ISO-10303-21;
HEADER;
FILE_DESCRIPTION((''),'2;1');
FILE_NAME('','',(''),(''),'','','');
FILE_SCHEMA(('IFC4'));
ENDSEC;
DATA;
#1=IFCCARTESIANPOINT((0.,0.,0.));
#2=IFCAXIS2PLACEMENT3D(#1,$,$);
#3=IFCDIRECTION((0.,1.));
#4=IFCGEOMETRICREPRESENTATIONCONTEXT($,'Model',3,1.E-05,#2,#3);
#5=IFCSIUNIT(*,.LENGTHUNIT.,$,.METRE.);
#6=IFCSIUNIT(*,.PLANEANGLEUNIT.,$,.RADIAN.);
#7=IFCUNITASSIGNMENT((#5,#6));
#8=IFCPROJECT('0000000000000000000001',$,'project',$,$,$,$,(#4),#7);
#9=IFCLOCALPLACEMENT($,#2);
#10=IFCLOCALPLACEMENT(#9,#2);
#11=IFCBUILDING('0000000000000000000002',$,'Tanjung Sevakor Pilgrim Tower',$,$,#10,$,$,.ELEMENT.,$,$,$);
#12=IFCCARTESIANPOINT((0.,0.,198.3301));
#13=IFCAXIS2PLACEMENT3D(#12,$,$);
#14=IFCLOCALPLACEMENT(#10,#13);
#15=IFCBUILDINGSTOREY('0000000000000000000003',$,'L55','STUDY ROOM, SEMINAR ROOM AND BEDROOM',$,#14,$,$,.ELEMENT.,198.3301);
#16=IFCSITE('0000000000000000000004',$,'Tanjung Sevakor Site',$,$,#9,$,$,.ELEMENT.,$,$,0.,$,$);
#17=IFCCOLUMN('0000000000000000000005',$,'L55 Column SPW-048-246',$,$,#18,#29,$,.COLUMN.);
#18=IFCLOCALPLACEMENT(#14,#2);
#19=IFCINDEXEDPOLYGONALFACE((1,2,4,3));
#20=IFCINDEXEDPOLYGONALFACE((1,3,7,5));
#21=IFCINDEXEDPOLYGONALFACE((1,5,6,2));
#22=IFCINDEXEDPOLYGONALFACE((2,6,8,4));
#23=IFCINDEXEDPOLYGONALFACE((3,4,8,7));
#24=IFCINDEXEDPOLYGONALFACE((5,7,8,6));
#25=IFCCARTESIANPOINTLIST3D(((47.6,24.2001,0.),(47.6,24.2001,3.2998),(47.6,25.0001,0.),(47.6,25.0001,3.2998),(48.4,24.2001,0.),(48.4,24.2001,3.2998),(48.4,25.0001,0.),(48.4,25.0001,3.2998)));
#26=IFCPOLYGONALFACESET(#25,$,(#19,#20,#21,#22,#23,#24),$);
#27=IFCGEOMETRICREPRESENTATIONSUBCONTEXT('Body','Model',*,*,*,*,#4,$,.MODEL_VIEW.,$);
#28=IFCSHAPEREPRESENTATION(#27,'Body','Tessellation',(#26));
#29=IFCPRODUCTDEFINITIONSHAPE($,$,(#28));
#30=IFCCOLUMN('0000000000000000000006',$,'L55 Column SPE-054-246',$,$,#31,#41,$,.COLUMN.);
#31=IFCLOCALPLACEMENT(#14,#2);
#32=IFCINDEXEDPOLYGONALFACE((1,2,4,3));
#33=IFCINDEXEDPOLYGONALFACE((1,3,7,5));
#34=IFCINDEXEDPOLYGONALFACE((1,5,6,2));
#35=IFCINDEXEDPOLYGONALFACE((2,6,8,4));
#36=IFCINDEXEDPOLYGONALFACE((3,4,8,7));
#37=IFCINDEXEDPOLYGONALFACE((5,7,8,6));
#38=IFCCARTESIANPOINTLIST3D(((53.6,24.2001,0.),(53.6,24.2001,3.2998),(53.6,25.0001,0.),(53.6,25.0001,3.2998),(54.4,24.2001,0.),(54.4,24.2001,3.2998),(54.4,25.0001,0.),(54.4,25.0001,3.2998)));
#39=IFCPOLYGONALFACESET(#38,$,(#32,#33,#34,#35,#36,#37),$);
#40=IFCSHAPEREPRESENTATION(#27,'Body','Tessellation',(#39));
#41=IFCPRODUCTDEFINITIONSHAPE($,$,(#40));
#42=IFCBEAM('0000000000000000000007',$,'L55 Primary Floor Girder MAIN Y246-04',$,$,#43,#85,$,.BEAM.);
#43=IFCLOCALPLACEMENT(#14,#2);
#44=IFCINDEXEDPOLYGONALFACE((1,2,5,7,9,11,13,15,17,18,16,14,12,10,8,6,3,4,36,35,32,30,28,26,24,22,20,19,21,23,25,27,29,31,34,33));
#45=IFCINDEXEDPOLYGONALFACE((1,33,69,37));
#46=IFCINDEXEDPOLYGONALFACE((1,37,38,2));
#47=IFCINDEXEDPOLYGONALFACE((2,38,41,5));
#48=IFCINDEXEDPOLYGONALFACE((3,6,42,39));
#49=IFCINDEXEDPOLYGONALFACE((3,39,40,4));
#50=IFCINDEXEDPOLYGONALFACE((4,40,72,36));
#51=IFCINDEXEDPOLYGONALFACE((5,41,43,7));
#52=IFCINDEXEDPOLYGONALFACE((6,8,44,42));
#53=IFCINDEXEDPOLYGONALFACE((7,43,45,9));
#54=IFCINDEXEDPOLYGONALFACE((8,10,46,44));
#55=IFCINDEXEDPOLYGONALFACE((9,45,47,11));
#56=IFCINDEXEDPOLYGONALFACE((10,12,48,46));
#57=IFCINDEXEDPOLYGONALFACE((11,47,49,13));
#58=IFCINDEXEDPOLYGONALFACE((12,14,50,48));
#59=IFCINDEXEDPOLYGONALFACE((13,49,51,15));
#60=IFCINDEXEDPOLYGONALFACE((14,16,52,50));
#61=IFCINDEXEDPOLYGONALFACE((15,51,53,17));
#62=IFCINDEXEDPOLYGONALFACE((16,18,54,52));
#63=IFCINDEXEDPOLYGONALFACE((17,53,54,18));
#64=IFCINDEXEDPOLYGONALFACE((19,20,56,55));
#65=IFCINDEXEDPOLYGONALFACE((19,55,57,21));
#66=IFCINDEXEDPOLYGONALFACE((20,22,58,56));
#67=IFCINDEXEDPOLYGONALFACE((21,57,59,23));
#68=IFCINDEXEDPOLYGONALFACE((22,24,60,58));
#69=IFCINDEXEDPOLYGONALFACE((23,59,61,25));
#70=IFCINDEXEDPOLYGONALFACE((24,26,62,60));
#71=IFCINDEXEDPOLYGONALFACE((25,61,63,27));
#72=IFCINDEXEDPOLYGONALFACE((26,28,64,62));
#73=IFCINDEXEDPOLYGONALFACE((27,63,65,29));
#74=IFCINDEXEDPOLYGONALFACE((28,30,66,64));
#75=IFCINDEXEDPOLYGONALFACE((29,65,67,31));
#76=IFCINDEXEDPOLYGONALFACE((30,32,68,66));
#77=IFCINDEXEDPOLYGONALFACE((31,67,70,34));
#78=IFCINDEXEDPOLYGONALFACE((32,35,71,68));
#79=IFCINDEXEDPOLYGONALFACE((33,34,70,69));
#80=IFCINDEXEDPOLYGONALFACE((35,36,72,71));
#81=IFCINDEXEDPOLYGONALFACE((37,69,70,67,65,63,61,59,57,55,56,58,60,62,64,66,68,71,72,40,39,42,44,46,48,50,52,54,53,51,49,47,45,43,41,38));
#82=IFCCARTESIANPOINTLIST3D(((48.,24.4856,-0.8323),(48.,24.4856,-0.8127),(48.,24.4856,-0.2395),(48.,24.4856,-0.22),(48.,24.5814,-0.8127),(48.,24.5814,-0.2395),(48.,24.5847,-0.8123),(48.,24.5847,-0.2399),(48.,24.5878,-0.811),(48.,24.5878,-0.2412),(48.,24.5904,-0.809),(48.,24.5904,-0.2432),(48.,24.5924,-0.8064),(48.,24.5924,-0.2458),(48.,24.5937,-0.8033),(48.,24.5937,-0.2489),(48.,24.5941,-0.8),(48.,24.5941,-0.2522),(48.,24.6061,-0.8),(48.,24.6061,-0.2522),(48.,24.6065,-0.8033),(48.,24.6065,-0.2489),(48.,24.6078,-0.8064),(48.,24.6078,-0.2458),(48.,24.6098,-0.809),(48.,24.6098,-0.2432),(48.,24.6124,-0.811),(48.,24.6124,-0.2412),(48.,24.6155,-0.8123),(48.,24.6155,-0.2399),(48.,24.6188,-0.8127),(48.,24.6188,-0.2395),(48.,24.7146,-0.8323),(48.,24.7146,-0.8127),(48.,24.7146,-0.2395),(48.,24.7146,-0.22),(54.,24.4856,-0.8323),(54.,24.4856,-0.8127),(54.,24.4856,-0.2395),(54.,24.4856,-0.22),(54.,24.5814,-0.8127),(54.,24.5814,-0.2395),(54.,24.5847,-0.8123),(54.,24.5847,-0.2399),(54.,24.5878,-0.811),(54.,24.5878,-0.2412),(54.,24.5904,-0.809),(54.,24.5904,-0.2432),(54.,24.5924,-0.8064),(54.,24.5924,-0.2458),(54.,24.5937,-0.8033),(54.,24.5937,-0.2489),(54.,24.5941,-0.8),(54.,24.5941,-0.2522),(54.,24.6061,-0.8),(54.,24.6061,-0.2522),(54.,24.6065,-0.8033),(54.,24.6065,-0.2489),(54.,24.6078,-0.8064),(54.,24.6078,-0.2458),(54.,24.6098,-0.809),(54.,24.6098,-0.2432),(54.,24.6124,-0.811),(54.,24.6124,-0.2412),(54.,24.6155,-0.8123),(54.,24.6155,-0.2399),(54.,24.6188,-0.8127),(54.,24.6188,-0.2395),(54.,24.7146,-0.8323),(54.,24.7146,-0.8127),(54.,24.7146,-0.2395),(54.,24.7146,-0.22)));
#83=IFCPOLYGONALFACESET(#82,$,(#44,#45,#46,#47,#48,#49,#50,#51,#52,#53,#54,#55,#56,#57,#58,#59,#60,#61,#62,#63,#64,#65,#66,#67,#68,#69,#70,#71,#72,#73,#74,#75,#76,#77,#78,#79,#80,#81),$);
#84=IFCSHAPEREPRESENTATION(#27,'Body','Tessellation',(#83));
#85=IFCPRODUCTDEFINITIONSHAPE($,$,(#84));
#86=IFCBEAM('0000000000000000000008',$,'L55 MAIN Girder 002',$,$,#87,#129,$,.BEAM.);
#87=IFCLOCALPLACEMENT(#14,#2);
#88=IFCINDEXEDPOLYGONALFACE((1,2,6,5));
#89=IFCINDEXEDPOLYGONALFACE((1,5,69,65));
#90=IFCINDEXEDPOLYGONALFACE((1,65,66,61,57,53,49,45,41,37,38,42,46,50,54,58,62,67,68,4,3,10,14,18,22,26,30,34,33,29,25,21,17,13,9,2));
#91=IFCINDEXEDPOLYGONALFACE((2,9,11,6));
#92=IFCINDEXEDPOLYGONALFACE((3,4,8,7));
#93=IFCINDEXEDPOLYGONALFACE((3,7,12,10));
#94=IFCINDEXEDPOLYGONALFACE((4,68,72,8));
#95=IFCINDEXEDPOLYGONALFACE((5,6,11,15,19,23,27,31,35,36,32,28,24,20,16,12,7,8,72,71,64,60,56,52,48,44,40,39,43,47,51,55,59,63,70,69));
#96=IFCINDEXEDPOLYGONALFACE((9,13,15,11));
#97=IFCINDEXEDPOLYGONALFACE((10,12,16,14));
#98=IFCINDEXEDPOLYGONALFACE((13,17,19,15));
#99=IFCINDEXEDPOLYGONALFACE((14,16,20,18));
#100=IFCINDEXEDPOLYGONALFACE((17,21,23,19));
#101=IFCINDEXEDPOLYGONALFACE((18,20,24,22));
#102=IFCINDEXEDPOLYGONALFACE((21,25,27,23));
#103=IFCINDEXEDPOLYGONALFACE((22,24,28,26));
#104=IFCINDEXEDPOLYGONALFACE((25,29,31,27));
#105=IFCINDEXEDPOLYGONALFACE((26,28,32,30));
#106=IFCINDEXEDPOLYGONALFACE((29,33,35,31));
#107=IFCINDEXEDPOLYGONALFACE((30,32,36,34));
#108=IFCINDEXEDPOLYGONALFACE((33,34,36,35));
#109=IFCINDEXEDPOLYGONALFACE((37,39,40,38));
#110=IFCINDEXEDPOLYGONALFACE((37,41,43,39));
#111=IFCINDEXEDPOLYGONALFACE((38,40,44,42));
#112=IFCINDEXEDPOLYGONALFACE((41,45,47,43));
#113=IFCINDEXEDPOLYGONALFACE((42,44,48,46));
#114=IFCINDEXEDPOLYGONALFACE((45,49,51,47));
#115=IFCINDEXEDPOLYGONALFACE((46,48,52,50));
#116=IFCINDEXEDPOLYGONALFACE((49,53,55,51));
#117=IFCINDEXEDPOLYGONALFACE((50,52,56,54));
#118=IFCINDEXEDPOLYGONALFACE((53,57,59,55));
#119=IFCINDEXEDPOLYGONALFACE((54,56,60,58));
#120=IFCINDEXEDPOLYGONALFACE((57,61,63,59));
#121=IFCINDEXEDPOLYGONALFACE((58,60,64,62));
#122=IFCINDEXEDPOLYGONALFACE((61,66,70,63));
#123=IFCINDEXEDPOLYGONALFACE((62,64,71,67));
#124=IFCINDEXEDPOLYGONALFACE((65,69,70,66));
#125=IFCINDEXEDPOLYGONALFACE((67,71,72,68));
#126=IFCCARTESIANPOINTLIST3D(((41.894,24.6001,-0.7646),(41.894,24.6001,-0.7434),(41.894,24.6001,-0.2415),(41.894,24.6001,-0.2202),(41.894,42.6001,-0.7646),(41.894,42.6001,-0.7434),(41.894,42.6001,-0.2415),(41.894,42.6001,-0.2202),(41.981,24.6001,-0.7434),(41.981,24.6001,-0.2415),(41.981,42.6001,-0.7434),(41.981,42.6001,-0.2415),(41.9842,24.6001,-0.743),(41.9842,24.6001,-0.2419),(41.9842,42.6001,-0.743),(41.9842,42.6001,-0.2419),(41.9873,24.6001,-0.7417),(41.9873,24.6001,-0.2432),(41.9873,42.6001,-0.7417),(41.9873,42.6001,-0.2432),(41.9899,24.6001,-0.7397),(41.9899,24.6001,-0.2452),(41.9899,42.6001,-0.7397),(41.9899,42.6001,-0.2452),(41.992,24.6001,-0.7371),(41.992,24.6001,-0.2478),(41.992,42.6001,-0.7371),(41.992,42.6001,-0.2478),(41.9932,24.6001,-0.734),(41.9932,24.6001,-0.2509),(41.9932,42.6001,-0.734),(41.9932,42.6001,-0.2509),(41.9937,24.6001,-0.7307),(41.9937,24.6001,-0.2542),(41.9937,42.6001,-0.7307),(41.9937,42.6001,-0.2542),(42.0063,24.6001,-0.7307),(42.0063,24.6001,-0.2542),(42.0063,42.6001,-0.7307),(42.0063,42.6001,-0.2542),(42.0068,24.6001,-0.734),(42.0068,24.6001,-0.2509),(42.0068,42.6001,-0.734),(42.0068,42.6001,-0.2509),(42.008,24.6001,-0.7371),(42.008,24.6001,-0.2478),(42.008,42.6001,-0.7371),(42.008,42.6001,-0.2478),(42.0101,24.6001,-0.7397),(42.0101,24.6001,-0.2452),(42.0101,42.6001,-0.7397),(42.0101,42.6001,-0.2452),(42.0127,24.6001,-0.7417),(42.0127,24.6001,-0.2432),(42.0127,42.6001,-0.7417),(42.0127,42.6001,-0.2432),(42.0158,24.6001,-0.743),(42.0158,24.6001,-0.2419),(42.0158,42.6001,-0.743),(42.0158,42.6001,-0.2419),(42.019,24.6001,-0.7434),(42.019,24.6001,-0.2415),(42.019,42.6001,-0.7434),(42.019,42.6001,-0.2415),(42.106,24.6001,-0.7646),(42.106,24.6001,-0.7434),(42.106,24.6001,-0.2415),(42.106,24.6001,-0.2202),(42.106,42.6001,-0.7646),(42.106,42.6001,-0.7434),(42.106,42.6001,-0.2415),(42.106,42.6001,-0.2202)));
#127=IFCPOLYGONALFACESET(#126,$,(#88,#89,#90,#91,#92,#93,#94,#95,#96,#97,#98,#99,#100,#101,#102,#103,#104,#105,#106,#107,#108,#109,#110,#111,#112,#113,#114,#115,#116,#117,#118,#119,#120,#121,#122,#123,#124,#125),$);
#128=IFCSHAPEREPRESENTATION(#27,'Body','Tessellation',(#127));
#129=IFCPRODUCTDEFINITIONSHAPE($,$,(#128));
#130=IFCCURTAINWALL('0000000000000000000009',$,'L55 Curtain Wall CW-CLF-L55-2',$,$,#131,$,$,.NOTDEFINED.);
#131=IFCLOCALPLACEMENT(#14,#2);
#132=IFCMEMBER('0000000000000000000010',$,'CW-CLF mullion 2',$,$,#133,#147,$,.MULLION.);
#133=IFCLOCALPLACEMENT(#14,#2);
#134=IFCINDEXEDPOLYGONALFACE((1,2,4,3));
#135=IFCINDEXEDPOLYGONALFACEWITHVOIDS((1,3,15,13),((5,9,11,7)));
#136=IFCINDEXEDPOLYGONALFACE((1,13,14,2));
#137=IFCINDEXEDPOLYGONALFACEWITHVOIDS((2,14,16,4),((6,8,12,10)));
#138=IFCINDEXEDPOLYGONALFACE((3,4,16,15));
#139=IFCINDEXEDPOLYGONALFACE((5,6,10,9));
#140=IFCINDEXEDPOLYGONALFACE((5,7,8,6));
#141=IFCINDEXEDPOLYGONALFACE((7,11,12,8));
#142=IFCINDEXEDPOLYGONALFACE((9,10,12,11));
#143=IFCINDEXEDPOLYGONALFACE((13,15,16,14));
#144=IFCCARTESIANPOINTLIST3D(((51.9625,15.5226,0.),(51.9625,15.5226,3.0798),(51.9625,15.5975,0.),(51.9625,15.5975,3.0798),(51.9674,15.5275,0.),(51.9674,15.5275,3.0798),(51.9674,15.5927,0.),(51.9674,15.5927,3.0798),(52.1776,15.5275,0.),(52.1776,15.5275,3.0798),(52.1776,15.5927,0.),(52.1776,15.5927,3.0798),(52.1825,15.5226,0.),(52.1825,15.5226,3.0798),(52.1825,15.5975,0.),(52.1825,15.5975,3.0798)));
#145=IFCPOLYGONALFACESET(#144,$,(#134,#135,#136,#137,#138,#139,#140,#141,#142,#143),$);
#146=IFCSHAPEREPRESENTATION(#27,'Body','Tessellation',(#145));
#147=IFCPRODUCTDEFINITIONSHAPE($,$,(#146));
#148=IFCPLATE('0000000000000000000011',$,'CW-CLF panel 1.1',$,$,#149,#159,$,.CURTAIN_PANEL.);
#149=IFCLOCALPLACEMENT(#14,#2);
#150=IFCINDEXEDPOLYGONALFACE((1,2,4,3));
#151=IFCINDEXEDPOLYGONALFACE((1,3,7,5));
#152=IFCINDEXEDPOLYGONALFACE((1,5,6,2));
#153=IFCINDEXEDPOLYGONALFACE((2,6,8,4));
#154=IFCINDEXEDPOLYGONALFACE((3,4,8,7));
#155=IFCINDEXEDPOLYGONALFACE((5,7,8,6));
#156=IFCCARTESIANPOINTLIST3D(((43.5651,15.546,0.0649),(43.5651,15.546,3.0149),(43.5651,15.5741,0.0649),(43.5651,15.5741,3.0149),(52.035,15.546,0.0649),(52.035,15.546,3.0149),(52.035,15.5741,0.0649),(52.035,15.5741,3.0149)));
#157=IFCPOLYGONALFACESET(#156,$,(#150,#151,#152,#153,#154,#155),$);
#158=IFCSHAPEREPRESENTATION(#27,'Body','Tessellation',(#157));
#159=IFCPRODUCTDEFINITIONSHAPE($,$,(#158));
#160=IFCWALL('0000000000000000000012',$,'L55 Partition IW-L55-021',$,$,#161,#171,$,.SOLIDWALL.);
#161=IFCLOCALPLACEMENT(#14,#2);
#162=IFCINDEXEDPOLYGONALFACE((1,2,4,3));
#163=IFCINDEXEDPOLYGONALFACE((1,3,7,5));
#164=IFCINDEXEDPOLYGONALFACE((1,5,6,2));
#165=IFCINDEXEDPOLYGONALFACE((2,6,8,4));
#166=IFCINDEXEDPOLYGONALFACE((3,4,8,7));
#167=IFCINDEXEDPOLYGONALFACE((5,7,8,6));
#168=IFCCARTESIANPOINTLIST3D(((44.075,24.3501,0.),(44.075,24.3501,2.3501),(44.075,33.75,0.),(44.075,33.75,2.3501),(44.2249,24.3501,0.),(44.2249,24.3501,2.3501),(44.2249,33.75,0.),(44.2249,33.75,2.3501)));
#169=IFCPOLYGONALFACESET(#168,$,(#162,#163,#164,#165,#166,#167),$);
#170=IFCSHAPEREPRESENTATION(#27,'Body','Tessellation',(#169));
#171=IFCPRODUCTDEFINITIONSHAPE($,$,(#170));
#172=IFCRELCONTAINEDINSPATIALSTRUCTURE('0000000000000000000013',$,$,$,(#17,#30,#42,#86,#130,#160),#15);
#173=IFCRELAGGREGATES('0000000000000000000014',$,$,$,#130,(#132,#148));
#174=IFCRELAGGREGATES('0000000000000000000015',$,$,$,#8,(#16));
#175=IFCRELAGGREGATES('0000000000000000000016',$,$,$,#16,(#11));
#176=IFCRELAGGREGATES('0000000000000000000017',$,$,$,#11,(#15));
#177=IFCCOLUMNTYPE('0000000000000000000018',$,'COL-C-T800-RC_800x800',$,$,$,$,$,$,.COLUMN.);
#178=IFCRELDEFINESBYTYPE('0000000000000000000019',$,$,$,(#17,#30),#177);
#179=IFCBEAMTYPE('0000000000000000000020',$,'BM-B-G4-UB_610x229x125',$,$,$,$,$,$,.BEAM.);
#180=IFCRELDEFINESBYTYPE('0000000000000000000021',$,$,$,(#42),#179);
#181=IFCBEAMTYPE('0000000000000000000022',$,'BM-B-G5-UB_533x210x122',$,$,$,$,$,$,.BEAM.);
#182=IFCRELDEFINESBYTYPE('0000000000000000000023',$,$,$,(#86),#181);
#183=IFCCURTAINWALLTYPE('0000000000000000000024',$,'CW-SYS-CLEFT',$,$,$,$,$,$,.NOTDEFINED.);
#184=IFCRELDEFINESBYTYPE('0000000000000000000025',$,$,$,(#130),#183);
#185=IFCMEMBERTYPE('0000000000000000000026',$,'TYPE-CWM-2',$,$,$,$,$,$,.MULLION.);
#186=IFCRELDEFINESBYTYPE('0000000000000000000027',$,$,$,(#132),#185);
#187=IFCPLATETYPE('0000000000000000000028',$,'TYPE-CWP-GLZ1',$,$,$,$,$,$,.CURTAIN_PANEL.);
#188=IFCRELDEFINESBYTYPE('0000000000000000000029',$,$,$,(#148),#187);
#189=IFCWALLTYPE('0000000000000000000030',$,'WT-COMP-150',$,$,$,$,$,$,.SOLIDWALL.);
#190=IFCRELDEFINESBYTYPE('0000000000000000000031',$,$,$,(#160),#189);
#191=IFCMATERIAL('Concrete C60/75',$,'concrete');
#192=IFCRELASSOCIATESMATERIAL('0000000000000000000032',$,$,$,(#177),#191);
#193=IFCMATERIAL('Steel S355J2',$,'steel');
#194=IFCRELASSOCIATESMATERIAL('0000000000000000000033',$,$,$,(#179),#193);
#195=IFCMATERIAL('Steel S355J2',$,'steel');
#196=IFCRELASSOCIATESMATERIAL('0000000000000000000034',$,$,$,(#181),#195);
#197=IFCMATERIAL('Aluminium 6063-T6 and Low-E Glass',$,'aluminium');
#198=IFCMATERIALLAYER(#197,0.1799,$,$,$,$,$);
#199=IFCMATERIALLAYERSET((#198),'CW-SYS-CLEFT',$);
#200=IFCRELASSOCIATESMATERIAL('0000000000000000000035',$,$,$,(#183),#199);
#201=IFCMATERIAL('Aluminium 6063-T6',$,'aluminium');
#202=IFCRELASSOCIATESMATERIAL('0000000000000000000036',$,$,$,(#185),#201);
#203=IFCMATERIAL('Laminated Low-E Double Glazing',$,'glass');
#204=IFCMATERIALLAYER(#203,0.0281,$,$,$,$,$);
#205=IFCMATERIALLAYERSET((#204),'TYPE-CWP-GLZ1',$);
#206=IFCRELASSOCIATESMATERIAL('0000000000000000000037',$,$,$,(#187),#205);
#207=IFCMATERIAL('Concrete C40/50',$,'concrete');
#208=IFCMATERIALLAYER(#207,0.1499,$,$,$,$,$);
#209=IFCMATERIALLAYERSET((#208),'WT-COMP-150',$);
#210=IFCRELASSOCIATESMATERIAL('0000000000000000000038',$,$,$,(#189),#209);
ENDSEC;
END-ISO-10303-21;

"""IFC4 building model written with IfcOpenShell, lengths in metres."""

from ifc_helpers import new_model, si_unit, direction, frame, frame_2d, origin, origin_2d, place, context, subcontext, project, spatial, rectangle, hollow_rectangle, i_section, extrude, material, layer, layer_set, material_profile, profile_set, type_object, element, aggregate, save


model = new_model("IFC4")

# Units and contexts
model_context = context("Model", 3, precision=1e-05, world=origin(), true_north=direction((0.0, 1.0)))
body_context = subcontext(model_context, "Body", "Model", "MODEL_VIEW")
ifc_project = project(units=[si_unit("LENGTHUNIT", "METRE"), si_unit("PLANEANGLEUNIT", "RADIAN")], contexts=[model_context])

# Site, building, storey
site_placement = place(None, origin())
site = spatial("IfcSite", under=ifc_project, at=site_placement, Name="Tanjung Sevakor Site", CompositionType="ELEMENT", RefElevation=0.0)
building_placement = place(site_placement, origin())
building = spatial("IfcBuilding", under=site, at=building_placement, Name="Tanjung Sevakor Pilgrim Tower", CompositionType="ELEMENT")
storey_placement = place(building_placement, frame((0.0, 0.0, 198.3301)))
storey = spatial("IfcBuildingStorey", under=building, at=storey_placement, Name="L55", Description="STUDY ROOM, SEMINAR ROOM AND BEDROOM", CompositionType="ELEMENT", Elevation=198.3301)

# Columns
ifc_material_1 = material(Name="Concrete C60/75", Category="concrete")
ifc_material_profile_1 = material_profile(ifc_material_1, rectangle(XDim=0.8, YDim=0.8, at=origin_2d()))
ifc_profile_set_1 = profile_set([ifc_material_profile_1], Name="Concrete C60/75")
column_type = type_object("IfcColumnType", Name="COL-C-T800-RC_800x800", PredefinedType="COLUMN", material=ifc_profile_set_1)
for number, where, z_axis, x_axis, name in (
    (1, (48.0, 24.6001, 0.0), (0.0, 0.0, 1.0), (1.0, 0.0, 0.0), "L55 Column SPW-048-246"),
    (2, (54.0, 24.6001, 0.0), (0.0, 0.0, 1.0), (1.0, 0.0, 0.0), "L55 Column SPE-054-246"),
):
    element("IfcColumn", number, at=place(storey_placement, frame(where, z_axis=z_axis, x_axis=x_axis)), inside=storey, type_object=column_type, Name=name, PredefinedType="COLUMN", context=body_context, shape_type="SweptSolid", body=[
        extrude(rectangle(XDim=0.8, YDim=0.8, at=origin_2d()), origin(), (0.0, 0.0, 1.0), 3.2998),
    ])

# Beams
ifc_material_2 = material(Name="Steel S355J2", Category="steel")
ifc_material_profile_2 = material_profile(ifc_material_2, i_section(OverallWidth=0.229, OverallDepth=0.6123, WebThickness=0.012, FlangeThickness=0.0195, FilletRadius=0.0127, at=origin_2d()))
ifc_profile_set_2 = profile_set([ifc_material_profile_2], Name="Steel S355J2")
beam_type_1 = type_object("IfcBeamType", Name="BM-B-G4-UB_610x229x125", PredefinedType="BEAM", material=ifc_profile_set_2)
beam_1_placement = place(storey_placement, frame((48.0, 24.6001, -0.5261), z_axis=(1.0, 0.0, 0.0), x_axis=(0.0, 1.0, 0.0)))
element("IfcBeam", 3, at=beam_1_placement, inside=storey, type_object=beam_type_1, Name="L55 Primary Floor Girder MAIN Y246-04", PredefinedType="BEAM", context=body_context, shape_type="SweptSolid", body=[
    extrude(i_section(OverallWidth=0.229, OverallDepth=0.6123, WebThickness=0.012, FlangeThickness=0.0195, FilletRadius=0.0127, at=origin_2d()), origin(), (0.0, 0.0, 1.0), 6.0),
])
ifc_material_3 = material(Name="Steel S355J2", Category="steel")
ifc_material_profile_3 = material_profile(ifc_material_3, i_section(OverallWidth=0.2119, OverallDepth=0.5444, WebThickness=0.0127, FlangeThickness=0.0212, FilletRadius=0.0127, at=origin_2d()))
ifc_profile_set_3 = profile_set([ifc_material_profile_3], Name="Steel S355J2")
beam_type_2 = type_object("IfcBeamType", Name="BM-B-G5-UB_533x210x122", PredefinedType="BEAM", material=ifc_profile_set_3)
beam_2_placement = place(storey_placement, frame((42.0, 24.6001, -0.4924), z_axis=(0.0, 1.0, 0.0), x_axis=(-1.0, 0.0, 0.0)))
element("IfcBeam", 4, at=beam_2_placement, inside=storey, type_object=beam_type_2, Name="L55 MAIN Girder 002", PredefinedType="BEAM", context=body_context, shape_type="SweptSolid", body=[
    extrude(i_section(OverallWidth=0.2119, OverallDepth=0.5444, WebThickness=0.0127, FlangeThickness=0.0212, FilletRadius=0.0127, at=origin_2d()), origin(), (0.0, 0.0, 1.0), 18.0),
])

# Curtain wall, member, plate
ifc_material_4 = material(Name="Aluminium 6063-T6 and Low-E Glass", Category="aluminium")
ifc_layer_1 = layer(ifc_material_4, 0.1799)
ifc_layer_set_1 = layer_set([ifc_layer_1], Name="CW-SYS-CLEFT")
curtain_wall_type = type_object("IfcCurtainWallType", Name="CW-SYS-CLEFT", PredefinedType="NOTDEFINED", material=ifc_layer_set_1)
curtain_wall_placement = place(storey_placement, origin())
curtain_wall = element("IfcCurtainWall", 5, at=curtain_wall_placement, inside=storey, type_object=curtain_wall_type, Name="L55 Curtain Wall CW-CLF-L55-2", PredefinedType="NOTDEFINED")
ifc_material_5 = material(Name="Aluminium 6063-T6", Category="aluminium")
ifc_material_profile_4 = material_profile(ifc_material_5, hollow_rectangle(XDim=0.075, YDim=0.22, WallThickness=0.0049, at=origin_2d()))
ifc_profile_set_4 = profile_set([ifc_material_profile_4], Name="Aluminium 6063-T6")
member_type = type_object("IfcMemberType", Name="TYPE-CWM-2", PredefinedType="MULLION", material=ifc_profile_set_4)
member_placement = place(storey_placement, frame((52.0725, 15.5601, 0.0), z_axis=(0.0, 0.0, 1.0), x_axis=(0.0, 1.0, 0.0)))
member = element("IfcMember", 6, at=member_placement, type_object=member_type, Name="CW-CLF mullion 2", PredefinedType="MULLION", context=body_context, shape_type="SweptSolid", body=[
    extrude(hollow_rectangle(XDim=0.075, YDim=0.22, WallThickness=0.0049, at=origin_2d()), origin(), (0.0, 0.0, 1.0), 3.0798),
])
ifc_material_6 = material(Name="Laminated Low-E Double Glazing", Category="glass")
ifc_layer_2 = layer(ifc_material_6, 0.0281)
ifc_layer_set_2 = layer_set([ifc_layer_2], Name="TYPE-CWP-GLZ1")
plate_type = type_object("IfcPlateType", Name="TYPE-CWP-GLZ1", PredefinedType="CURTAIN_PANEL", material=ifc_layer_set_2)
plate_placement = place(storey_placement, frame((47.8, 15.5601, 0.0649), z_axis=(0.0, 0.0, 1.0), x_axis=(1.0, 0.0, 0.0)))
plate = element("IfcPlate", 7, at=plate_placement, type_object=plate_type, Name="CW-CLF panel 1.1", PredefinedType="CURTAIN_PANEL", context=body_context, shape_type="SweptSolid", body=[
    extrude(rectangle(XDim=8.47, YDim=0.0281, at=origin_2d()), origin(), (0.0, 0.0, 1.0), 2.95),
])
aggregate(curtain_wall, [member, plate])

# Wall
ifc_material_7 = material(Name="Concrete C40/50", Category="concrete")
ifc_layer_3 = layer(ifc_material_7, 0.1499)
ifc_layer_set_3 = layer_set([ifc_layer_3], Name="WT-COMP-150")
wall_type_1 = type_object("IfcWallType", Name="WT-COMP-150", PredefinedType="SOLIDWALL", material=ifc_layer_set_3)
wall_1_placement = place(storey_placement, frame((44.1499, 24.3501, 0.0), z_axis=(0.0, 0.0, 1.0), x_axis=(0.0, 1.0, 0.0)))
element("IfcWall", 8, at=wall_1_placement, inside=storey, type_object=wall_type_1, Name="L55 Partition IW-L55-021", PredefinedType="SOLIDWALL", context=body_context, shape_type="SweptSolid", body=[
    extrude(rectangle(XDim=9.3999, YDim=0.1499, at=frame_2d((4.7, 0.0))), origin(), (0.0, 0.0, 1.0), 2.3501),
])

save(model, "model.ifc")
